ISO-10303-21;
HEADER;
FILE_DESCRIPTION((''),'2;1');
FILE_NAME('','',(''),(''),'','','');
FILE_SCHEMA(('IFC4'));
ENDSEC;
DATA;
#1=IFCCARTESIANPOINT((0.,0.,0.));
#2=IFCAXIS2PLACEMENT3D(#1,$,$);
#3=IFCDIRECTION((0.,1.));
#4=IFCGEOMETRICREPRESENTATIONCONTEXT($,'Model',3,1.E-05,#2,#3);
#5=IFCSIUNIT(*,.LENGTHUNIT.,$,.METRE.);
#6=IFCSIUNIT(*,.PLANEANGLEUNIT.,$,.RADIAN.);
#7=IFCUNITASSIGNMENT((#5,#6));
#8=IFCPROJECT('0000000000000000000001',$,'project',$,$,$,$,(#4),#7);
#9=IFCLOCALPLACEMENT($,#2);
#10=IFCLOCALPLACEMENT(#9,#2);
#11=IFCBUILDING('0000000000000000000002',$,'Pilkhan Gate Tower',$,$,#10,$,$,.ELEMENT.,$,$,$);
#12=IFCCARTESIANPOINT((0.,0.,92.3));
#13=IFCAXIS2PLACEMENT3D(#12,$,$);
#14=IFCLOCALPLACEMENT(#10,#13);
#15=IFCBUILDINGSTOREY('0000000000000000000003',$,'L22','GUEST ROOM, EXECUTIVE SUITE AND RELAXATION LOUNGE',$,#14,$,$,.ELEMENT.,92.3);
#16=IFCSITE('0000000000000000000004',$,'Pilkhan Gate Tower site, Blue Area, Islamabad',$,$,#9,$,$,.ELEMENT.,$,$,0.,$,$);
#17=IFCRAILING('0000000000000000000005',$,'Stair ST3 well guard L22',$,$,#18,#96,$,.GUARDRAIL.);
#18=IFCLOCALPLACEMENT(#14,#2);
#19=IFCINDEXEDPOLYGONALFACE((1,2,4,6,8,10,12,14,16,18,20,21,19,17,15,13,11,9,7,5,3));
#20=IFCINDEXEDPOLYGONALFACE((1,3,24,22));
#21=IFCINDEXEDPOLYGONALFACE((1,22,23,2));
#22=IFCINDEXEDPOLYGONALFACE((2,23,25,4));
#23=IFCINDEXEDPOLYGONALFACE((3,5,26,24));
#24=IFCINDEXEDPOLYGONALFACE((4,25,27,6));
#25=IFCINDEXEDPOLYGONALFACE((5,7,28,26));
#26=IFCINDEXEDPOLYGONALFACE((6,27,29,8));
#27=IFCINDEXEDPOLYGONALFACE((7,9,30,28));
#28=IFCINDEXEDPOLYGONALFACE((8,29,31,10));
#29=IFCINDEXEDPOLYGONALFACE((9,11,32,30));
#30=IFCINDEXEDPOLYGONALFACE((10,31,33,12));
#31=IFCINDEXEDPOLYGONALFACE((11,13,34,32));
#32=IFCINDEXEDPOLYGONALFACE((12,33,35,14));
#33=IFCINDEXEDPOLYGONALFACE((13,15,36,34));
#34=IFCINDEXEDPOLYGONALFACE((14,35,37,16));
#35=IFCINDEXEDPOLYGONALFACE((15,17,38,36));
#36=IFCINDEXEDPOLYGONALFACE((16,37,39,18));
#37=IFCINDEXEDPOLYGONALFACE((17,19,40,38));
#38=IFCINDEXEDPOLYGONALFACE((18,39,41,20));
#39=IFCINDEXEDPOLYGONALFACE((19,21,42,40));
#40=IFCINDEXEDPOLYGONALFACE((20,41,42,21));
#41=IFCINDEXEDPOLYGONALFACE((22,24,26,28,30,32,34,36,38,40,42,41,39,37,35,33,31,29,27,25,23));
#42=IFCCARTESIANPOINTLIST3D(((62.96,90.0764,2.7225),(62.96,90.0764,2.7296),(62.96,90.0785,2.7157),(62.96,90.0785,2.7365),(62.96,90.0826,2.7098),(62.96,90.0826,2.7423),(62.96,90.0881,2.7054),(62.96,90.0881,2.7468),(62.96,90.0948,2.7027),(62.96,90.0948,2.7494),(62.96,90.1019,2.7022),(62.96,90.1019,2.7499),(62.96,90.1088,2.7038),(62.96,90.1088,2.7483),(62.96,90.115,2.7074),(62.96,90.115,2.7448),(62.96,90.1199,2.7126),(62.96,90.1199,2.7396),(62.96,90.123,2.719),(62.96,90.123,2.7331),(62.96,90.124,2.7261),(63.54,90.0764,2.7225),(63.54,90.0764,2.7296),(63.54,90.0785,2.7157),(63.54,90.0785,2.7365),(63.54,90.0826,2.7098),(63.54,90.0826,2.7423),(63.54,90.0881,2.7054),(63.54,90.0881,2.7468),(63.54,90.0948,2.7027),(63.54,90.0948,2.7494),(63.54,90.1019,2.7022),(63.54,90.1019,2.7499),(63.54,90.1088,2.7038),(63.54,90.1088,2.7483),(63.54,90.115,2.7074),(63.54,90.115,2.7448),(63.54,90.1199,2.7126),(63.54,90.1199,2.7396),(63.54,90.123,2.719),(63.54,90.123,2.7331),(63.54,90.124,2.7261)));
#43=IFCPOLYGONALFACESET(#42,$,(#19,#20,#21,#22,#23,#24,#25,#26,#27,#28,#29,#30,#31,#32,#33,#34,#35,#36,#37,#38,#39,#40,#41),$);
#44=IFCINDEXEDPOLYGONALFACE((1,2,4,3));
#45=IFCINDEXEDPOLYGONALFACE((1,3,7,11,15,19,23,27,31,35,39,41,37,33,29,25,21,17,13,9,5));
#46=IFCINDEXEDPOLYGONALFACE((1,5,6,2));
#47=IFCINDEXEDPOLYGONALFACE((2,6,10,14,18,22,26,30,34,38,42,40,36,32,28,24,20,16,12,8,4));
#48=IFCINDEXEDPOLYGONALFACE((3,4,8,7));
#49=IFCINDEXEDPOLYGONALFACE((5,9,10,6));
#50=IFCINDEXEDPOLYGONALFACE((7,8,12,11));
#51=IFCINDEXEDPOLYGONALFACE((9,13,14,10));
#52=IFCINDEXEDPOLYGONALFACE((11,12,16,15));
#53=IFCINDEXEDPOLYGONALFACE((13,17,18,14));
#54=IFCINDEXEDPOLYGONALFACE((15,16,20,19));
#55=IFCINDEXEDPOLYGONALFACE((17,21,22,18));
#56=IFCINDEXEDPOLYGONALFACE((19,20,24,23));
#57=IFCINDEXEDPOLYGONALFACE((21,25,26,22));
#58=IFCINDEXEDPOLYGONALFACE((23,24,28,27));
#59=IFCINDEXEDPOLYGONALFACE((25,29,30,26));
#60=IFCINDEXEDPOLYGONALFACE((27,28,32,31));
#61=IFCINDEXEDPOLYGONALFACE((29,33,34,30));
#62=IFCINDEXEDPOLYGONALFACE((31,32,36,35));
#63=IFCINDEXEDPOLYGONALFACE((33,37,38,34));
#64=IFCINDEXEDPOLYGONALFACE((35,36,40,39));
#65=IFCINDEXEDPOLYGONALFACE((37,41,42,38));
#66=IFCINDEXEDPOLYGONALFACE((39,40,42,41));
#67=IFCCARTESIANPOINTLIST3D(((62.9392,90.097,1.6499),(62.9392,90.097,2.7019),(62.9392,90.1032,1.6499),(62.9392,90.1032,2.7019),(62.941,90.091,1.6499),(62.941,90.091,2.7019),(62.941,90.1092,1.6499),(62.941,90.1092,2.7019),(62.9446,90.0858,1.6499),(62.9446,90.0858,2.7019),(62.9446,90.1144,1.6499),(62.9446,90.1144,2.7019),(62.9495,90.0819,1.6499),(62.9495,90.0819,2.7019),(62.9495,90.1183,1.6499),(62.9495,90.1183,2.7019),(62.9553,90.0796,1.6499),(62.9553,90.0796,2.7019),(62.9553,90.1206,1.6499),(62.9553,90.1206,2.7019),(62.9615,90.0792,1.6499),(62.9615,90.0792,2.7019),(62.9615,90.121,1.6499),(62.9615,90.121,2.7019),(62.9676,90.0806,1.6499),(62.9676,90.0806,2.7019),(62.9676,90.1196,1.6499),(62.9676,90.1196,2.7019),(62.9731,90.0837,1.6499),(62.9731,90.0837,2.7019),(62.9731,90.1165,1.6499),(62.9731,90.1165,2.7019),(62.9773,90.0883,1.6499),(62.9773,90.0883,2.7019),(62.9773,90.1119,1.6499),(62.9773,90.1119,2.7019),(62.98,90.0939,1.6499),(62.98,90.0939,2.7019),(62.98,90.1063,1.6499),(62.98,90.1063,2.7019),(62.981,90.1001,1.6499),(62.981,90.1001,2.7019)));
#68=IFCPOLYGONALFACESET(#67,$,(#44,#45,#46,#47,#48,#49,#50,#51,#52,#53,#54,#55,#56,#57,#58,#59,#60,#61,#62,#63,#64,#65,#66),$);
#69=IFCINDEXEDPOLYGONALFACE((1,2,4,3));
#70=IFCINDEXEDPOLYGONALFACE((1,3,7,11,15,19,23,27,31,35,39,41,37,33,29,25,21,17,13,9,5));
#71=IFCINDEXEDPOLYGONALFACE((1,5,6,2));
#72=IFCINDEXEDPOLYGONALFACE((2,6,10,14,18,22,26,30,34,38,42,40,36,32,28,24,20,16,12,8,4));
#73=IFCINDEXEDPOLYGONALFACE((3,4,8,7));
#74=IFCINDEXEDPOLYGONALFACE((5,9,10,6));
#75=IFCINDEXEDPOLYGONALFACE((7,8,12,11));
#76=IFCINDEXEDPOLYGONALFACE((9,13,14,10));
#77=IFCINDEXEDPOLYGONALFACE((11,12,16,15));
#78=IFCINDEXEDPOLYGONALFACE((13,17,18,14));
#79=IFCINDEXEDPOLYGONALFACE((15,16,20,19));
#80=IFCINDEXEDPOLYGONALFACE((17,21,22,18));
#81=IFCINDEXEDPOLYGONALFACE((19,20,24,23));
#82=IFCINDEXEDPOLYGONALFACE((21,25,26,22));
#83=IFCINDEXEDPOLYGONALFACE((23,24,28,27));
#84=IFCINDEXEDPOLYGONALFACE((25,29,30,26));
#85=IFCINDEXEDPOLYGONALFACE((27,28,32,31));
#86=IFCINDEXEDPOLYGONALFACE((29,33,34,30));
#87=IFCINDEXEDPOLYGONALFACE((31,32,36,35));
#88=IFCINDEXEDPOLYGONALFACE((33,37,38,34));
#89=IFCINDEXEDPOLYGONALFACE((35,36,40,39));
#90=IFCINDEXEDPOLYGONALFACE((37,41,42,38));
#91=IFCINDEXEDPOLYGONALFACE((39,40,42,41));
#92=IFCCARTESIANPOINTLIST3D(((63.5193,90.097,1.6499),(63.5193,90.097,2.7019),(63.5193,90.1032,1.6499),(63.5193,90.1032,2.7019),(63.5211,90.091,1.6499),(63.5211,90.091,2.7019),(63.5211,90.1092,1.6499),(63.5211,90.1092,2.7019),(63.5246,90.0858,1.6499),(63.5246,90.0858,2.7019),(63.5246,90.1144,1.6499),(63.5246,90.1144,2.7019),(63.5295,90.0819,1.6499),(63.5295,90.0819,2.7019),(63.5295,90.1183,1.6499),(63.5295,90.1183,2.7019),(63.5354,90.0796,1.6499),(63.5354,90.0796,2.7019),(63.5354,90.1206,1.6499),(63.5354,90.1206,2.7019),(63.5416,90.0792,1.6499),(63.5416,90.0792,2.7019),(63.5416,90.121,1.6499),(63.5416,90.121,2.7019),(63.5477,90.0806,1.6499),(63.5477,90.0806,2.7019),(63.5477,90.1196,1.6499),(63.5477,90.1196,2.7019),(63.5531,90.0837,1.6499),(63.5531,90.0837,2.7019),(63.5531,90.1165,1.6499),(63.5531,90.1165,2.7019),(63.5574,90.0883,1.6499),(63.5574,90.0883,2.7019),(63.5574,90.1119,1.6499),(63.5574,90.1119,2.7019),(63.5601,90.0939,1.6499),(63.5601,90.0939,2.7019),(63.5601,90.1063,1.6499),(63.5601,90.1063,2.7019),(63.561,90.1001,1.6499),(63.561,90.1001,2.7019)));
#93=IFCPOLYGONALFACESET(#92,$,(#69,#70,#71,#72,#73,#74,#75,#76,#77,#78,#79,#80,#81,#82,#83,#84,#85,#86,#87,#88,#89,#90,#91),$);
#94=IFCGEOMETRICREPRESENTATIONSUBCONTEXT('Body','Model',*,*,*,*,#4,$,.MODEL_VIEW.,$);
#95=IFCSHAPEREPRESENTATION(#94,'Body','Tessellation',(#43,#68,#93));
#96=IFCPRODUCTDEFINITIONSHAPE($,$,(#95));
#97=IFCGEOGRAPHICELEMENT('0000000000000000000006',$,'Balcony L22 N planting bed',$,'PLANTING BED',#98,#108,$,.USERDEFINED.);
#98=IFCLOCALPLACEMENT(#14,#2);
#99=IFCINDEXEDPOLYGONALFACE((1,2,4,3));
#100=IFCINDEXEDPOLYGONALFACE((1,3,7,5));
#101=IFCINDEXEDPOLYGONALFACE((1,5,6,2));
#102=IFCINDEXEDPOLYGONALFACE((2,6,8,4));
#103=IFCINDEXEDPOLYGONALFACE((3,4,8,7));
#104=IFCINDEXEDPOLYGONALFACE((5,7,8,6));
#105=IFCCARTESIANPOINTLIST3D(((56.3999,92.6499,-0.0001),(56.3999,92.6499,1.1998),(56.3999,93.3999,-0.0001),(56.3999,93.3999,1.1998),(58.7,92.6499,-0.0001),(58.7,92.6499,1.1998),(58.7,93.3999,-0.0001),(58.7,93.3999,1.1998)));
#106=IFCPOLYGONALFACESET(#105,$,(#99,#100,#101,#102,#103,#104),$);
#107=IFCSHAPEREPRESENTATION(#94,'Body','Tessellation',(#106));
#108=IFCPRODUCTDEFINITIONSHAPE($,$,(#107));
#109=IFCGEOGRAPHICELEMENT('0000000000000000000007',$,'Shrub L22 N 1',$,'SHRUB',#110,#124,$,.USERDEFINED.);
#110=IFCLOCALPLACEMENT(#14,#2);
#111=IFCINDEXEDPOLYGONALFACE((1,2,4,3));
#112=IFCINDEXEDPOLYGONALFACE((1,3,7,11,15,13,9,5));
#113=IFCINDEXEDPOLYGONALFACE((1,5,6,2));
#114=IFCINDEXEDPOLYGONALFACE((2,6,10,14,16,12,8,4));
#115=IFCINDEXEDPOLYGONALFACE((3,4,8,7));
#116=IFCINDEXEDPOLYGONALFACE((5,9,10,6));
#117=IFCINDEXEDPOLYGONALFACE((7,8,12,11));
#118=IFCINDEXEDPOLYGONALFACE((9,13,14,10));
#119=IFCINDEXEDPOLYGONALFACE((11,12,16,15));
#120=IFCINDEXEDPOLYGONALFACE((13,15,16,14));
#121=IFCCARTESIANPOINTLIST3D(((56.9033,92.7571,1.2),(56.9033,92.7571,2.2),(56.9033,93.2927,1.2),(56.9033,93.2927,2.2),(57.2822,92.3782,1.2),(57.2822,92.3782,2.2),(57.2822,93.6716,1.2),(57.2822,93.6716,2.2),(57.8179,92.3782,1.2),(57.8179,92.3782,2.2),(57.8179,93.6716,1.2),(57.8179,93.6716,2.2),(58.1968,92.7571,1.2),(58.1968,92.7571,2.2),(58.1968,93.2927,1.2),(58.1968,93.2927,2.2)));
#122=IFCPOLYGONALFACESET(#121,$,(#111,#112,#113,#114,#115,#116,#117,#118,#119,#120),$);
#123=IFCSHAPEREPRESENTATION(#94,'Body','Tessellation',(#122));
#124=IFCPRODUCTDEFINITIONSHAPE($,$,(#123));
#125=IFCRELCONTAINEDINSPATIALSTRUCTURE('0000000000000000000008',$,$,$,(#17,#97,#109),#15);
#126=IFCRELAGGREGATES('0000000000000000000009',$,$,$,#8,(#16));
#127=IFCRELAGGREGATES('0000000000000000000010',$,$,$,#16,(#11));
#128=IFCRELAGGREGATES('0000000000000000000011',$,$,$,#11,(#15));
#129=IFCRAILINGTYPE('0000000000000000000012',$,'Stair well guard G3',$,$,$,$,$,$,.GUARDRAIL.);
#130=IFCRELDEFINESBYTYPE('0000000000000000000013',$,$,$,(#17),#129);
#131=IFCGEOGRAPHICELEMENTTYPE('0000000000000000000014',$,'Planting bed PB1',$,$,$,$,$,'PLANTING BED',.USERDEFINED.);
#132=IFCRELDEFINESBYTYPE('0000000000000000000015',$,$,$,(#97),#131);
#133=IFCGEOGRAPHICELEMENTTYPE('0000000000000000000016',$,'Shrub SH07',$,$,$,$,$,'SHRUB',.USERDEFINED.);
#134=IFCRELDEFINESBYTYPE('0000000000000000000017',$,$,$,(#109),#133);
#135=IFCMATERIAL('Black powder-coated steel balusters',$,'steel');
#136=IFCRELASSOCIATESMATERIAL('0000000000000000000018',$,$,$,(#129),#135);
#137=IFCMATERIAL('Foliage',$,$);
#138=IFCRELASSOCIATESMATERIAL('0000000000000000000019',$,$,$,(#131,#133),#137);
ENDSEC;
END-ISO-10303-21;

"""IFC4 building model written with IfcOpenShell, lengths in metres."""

from ifc_helpers import new_model, si_unit, direction, frame, origin, origin_2d, place, context, subcontext, project, spatial, polyline, rectangle, circle, outline, extrude, material, material_profile, profile_set, type_object, element, save


model = new_model("IFC4")

# Units and contexts
model_context = context("Model", 3, precision=1e-05, world=origin(), true_north=direction((0.0, 1.0)))
body_context = subcontext(model_context, "Body", "Model", "MODEL_VIEW")
ifc_project = project(units=[si_unit("LENGTHUNIT", "METRE"), si_unit("PLANEANGLEUNIT", "RADIAN")], contexts=[model_context])

# Site, building, storey
site_placement = place(None, origin())
site = spatial("IfcSite", under=ifc_project, at=site_placement, Name="Pilkhan Gate Tower site, Blue Area, Islamabad", CompositionType="ELEMENT", RefElevation=0.0)
building_placement = place(site_placement, origin())
building = spatial("IfcBuilding", under=site, at=building_placement, Name="Pilkhan Gate Tower", CompositionType="ELEMENT")
storey_placement = place(building_placement, frame((0.0, 0.0, 92.3)))
storey = spatial("IfcBuildingStorey", under=building, at=storey_placement, Name="L22", Description="GUEST ROOM, EXECUTIVE SUITE AND RELAXATION LOUNGE", CompositionType="ELEMENT", Elevation=92.3)

# Railing
ifc_material_1 = material(Name="Black powder-coated steel balusters", Category="steel")
railing_type_1 = type_object("IfcRailingType", Name="Stair well guard G3", PredefinedType="GUARDRAIL", material=ifc_material_1)
for number, where, name in (
    (1, (62.96, 90.1001, 1.6499), "Stair ST3 well guard L22"),
):
    element("IfcRailing", number, at=place(storey_placement, frame(where)), inside=storey, type_object=railing_type_1, Name=name, PredefinedType="GUARDRAIL", context=body_context, shape_type="SweptSolid", body=[
        extrude(circle(Radius=0.0239, at=origin_2d()), frame((0.0, 0.0, 1.0762), z_axis=(1.0, 0.0, 0.0), x_axis=(0.0, 1.0, 0.0)), (0.0, 0.0, 1.0), 0.5801),
        extrude(circle(Radius=0.021, at=origin_2d()), origin(), (0.0, 0.0, 1.0), 1.052),
        extrude(circle(Radius=0.021, at=origin_2d()), frame((0.5801, 0.0, 0.0)), (0.0, 0.0, 1.0), 1.052),
    ])

# Geographic elements
ifc_material_2 = material(Name="Foliage")
ifc_material_profile_1 = material_profile(ifc_material_2, rectangle(XDim=0.75, YDim=1.2, at=origin_2d()), Name="Bed 750x1200")
ifc_profile_set_1 = profile_set([ifc_material_profile_1], Name="Foliage")
geographic_element_type_1 = type_object("IfcGeographicElementType", Name="Planting bed PB1", ElementType="PLANTING BED", PredefinedType="USERDEFINED", material=ifc_profile_set_1)
geographic_element_1_placement = place(storey_placement, frame((56.3999, 93.0249, 0.5999), z_axis=(1.0, 0.0, 0.0), x_axis=(0.0, 1.0, 0.0)))
element("IfcGeographicElement", 2, at=geographic_element_1_placement, inside=storey, type_object=geographic_element_type_1, Name="Balcony L22 N planting bed", ObjectType="PLANTING BED", PredefinedType="USERDEFINED", context=body_context, shape_type="SweptSolid", body=[
    extrude(rectangle(XDim=0.75, YDim=1.2, at=origin_2d()), origin(), (0.0, 0.0, 1.0), 2.3),
])
ifc_material_profile_2 = material_profile(ifc_material_2, outline(polyline([(0.6467, 0.2678), (0.2678, 0.6467), (-0.2678, 0.6467), (-0.6467, 0.2678), (-0.6467, -0.2678), (-0.2678, -0.6467), (0.2678, -0.6467), (0.6467, -0.2678), (0.6467, 0.2678)])), Name="Shrub D1.4")
ifc_profile_set_2 = profile_set([ifc_material_profile_2], Name="Foliage")
geographic_element_type_2 = type_object("IfcGeographicElementType", Name="Shrub SH07", ElementType="SHRUB", PredefinedType="USERDEFINED", material=ifc_profile_set_2)
geographic_element_2_placement = place(storey_placement, frame((57.55, 93.0249, 1.2), z_axis=(0.0, 0.0, 1.0), x_axis=(1.0, 0.0, 0.0)))
element("IfcGeographicElement", 3, at=geographic_element_2_placement, inside=storey, type_object=geographic_element_type_2, Name="Shrub L22 N 1", ObjectType="SHRUB", PredefinedType="USERDEFINED", context=body_context, shape_type="SweptSolid", body=[
    extrude(outline(polyline([(0.6467, 0.2678), (0.2678, 0.6467), (-0.2678, 0.6467), (-0.6467, 0.2678), (-0.6467, -0.2678), (-0.2678, -0.6467), (0.2678, -0.6467), (0.6467, -0.2678), (0.6467, 0.2678)])), origin(), (0.0, 0.0, 1.0), 1.0),
])

save(model, "model.ifc")
